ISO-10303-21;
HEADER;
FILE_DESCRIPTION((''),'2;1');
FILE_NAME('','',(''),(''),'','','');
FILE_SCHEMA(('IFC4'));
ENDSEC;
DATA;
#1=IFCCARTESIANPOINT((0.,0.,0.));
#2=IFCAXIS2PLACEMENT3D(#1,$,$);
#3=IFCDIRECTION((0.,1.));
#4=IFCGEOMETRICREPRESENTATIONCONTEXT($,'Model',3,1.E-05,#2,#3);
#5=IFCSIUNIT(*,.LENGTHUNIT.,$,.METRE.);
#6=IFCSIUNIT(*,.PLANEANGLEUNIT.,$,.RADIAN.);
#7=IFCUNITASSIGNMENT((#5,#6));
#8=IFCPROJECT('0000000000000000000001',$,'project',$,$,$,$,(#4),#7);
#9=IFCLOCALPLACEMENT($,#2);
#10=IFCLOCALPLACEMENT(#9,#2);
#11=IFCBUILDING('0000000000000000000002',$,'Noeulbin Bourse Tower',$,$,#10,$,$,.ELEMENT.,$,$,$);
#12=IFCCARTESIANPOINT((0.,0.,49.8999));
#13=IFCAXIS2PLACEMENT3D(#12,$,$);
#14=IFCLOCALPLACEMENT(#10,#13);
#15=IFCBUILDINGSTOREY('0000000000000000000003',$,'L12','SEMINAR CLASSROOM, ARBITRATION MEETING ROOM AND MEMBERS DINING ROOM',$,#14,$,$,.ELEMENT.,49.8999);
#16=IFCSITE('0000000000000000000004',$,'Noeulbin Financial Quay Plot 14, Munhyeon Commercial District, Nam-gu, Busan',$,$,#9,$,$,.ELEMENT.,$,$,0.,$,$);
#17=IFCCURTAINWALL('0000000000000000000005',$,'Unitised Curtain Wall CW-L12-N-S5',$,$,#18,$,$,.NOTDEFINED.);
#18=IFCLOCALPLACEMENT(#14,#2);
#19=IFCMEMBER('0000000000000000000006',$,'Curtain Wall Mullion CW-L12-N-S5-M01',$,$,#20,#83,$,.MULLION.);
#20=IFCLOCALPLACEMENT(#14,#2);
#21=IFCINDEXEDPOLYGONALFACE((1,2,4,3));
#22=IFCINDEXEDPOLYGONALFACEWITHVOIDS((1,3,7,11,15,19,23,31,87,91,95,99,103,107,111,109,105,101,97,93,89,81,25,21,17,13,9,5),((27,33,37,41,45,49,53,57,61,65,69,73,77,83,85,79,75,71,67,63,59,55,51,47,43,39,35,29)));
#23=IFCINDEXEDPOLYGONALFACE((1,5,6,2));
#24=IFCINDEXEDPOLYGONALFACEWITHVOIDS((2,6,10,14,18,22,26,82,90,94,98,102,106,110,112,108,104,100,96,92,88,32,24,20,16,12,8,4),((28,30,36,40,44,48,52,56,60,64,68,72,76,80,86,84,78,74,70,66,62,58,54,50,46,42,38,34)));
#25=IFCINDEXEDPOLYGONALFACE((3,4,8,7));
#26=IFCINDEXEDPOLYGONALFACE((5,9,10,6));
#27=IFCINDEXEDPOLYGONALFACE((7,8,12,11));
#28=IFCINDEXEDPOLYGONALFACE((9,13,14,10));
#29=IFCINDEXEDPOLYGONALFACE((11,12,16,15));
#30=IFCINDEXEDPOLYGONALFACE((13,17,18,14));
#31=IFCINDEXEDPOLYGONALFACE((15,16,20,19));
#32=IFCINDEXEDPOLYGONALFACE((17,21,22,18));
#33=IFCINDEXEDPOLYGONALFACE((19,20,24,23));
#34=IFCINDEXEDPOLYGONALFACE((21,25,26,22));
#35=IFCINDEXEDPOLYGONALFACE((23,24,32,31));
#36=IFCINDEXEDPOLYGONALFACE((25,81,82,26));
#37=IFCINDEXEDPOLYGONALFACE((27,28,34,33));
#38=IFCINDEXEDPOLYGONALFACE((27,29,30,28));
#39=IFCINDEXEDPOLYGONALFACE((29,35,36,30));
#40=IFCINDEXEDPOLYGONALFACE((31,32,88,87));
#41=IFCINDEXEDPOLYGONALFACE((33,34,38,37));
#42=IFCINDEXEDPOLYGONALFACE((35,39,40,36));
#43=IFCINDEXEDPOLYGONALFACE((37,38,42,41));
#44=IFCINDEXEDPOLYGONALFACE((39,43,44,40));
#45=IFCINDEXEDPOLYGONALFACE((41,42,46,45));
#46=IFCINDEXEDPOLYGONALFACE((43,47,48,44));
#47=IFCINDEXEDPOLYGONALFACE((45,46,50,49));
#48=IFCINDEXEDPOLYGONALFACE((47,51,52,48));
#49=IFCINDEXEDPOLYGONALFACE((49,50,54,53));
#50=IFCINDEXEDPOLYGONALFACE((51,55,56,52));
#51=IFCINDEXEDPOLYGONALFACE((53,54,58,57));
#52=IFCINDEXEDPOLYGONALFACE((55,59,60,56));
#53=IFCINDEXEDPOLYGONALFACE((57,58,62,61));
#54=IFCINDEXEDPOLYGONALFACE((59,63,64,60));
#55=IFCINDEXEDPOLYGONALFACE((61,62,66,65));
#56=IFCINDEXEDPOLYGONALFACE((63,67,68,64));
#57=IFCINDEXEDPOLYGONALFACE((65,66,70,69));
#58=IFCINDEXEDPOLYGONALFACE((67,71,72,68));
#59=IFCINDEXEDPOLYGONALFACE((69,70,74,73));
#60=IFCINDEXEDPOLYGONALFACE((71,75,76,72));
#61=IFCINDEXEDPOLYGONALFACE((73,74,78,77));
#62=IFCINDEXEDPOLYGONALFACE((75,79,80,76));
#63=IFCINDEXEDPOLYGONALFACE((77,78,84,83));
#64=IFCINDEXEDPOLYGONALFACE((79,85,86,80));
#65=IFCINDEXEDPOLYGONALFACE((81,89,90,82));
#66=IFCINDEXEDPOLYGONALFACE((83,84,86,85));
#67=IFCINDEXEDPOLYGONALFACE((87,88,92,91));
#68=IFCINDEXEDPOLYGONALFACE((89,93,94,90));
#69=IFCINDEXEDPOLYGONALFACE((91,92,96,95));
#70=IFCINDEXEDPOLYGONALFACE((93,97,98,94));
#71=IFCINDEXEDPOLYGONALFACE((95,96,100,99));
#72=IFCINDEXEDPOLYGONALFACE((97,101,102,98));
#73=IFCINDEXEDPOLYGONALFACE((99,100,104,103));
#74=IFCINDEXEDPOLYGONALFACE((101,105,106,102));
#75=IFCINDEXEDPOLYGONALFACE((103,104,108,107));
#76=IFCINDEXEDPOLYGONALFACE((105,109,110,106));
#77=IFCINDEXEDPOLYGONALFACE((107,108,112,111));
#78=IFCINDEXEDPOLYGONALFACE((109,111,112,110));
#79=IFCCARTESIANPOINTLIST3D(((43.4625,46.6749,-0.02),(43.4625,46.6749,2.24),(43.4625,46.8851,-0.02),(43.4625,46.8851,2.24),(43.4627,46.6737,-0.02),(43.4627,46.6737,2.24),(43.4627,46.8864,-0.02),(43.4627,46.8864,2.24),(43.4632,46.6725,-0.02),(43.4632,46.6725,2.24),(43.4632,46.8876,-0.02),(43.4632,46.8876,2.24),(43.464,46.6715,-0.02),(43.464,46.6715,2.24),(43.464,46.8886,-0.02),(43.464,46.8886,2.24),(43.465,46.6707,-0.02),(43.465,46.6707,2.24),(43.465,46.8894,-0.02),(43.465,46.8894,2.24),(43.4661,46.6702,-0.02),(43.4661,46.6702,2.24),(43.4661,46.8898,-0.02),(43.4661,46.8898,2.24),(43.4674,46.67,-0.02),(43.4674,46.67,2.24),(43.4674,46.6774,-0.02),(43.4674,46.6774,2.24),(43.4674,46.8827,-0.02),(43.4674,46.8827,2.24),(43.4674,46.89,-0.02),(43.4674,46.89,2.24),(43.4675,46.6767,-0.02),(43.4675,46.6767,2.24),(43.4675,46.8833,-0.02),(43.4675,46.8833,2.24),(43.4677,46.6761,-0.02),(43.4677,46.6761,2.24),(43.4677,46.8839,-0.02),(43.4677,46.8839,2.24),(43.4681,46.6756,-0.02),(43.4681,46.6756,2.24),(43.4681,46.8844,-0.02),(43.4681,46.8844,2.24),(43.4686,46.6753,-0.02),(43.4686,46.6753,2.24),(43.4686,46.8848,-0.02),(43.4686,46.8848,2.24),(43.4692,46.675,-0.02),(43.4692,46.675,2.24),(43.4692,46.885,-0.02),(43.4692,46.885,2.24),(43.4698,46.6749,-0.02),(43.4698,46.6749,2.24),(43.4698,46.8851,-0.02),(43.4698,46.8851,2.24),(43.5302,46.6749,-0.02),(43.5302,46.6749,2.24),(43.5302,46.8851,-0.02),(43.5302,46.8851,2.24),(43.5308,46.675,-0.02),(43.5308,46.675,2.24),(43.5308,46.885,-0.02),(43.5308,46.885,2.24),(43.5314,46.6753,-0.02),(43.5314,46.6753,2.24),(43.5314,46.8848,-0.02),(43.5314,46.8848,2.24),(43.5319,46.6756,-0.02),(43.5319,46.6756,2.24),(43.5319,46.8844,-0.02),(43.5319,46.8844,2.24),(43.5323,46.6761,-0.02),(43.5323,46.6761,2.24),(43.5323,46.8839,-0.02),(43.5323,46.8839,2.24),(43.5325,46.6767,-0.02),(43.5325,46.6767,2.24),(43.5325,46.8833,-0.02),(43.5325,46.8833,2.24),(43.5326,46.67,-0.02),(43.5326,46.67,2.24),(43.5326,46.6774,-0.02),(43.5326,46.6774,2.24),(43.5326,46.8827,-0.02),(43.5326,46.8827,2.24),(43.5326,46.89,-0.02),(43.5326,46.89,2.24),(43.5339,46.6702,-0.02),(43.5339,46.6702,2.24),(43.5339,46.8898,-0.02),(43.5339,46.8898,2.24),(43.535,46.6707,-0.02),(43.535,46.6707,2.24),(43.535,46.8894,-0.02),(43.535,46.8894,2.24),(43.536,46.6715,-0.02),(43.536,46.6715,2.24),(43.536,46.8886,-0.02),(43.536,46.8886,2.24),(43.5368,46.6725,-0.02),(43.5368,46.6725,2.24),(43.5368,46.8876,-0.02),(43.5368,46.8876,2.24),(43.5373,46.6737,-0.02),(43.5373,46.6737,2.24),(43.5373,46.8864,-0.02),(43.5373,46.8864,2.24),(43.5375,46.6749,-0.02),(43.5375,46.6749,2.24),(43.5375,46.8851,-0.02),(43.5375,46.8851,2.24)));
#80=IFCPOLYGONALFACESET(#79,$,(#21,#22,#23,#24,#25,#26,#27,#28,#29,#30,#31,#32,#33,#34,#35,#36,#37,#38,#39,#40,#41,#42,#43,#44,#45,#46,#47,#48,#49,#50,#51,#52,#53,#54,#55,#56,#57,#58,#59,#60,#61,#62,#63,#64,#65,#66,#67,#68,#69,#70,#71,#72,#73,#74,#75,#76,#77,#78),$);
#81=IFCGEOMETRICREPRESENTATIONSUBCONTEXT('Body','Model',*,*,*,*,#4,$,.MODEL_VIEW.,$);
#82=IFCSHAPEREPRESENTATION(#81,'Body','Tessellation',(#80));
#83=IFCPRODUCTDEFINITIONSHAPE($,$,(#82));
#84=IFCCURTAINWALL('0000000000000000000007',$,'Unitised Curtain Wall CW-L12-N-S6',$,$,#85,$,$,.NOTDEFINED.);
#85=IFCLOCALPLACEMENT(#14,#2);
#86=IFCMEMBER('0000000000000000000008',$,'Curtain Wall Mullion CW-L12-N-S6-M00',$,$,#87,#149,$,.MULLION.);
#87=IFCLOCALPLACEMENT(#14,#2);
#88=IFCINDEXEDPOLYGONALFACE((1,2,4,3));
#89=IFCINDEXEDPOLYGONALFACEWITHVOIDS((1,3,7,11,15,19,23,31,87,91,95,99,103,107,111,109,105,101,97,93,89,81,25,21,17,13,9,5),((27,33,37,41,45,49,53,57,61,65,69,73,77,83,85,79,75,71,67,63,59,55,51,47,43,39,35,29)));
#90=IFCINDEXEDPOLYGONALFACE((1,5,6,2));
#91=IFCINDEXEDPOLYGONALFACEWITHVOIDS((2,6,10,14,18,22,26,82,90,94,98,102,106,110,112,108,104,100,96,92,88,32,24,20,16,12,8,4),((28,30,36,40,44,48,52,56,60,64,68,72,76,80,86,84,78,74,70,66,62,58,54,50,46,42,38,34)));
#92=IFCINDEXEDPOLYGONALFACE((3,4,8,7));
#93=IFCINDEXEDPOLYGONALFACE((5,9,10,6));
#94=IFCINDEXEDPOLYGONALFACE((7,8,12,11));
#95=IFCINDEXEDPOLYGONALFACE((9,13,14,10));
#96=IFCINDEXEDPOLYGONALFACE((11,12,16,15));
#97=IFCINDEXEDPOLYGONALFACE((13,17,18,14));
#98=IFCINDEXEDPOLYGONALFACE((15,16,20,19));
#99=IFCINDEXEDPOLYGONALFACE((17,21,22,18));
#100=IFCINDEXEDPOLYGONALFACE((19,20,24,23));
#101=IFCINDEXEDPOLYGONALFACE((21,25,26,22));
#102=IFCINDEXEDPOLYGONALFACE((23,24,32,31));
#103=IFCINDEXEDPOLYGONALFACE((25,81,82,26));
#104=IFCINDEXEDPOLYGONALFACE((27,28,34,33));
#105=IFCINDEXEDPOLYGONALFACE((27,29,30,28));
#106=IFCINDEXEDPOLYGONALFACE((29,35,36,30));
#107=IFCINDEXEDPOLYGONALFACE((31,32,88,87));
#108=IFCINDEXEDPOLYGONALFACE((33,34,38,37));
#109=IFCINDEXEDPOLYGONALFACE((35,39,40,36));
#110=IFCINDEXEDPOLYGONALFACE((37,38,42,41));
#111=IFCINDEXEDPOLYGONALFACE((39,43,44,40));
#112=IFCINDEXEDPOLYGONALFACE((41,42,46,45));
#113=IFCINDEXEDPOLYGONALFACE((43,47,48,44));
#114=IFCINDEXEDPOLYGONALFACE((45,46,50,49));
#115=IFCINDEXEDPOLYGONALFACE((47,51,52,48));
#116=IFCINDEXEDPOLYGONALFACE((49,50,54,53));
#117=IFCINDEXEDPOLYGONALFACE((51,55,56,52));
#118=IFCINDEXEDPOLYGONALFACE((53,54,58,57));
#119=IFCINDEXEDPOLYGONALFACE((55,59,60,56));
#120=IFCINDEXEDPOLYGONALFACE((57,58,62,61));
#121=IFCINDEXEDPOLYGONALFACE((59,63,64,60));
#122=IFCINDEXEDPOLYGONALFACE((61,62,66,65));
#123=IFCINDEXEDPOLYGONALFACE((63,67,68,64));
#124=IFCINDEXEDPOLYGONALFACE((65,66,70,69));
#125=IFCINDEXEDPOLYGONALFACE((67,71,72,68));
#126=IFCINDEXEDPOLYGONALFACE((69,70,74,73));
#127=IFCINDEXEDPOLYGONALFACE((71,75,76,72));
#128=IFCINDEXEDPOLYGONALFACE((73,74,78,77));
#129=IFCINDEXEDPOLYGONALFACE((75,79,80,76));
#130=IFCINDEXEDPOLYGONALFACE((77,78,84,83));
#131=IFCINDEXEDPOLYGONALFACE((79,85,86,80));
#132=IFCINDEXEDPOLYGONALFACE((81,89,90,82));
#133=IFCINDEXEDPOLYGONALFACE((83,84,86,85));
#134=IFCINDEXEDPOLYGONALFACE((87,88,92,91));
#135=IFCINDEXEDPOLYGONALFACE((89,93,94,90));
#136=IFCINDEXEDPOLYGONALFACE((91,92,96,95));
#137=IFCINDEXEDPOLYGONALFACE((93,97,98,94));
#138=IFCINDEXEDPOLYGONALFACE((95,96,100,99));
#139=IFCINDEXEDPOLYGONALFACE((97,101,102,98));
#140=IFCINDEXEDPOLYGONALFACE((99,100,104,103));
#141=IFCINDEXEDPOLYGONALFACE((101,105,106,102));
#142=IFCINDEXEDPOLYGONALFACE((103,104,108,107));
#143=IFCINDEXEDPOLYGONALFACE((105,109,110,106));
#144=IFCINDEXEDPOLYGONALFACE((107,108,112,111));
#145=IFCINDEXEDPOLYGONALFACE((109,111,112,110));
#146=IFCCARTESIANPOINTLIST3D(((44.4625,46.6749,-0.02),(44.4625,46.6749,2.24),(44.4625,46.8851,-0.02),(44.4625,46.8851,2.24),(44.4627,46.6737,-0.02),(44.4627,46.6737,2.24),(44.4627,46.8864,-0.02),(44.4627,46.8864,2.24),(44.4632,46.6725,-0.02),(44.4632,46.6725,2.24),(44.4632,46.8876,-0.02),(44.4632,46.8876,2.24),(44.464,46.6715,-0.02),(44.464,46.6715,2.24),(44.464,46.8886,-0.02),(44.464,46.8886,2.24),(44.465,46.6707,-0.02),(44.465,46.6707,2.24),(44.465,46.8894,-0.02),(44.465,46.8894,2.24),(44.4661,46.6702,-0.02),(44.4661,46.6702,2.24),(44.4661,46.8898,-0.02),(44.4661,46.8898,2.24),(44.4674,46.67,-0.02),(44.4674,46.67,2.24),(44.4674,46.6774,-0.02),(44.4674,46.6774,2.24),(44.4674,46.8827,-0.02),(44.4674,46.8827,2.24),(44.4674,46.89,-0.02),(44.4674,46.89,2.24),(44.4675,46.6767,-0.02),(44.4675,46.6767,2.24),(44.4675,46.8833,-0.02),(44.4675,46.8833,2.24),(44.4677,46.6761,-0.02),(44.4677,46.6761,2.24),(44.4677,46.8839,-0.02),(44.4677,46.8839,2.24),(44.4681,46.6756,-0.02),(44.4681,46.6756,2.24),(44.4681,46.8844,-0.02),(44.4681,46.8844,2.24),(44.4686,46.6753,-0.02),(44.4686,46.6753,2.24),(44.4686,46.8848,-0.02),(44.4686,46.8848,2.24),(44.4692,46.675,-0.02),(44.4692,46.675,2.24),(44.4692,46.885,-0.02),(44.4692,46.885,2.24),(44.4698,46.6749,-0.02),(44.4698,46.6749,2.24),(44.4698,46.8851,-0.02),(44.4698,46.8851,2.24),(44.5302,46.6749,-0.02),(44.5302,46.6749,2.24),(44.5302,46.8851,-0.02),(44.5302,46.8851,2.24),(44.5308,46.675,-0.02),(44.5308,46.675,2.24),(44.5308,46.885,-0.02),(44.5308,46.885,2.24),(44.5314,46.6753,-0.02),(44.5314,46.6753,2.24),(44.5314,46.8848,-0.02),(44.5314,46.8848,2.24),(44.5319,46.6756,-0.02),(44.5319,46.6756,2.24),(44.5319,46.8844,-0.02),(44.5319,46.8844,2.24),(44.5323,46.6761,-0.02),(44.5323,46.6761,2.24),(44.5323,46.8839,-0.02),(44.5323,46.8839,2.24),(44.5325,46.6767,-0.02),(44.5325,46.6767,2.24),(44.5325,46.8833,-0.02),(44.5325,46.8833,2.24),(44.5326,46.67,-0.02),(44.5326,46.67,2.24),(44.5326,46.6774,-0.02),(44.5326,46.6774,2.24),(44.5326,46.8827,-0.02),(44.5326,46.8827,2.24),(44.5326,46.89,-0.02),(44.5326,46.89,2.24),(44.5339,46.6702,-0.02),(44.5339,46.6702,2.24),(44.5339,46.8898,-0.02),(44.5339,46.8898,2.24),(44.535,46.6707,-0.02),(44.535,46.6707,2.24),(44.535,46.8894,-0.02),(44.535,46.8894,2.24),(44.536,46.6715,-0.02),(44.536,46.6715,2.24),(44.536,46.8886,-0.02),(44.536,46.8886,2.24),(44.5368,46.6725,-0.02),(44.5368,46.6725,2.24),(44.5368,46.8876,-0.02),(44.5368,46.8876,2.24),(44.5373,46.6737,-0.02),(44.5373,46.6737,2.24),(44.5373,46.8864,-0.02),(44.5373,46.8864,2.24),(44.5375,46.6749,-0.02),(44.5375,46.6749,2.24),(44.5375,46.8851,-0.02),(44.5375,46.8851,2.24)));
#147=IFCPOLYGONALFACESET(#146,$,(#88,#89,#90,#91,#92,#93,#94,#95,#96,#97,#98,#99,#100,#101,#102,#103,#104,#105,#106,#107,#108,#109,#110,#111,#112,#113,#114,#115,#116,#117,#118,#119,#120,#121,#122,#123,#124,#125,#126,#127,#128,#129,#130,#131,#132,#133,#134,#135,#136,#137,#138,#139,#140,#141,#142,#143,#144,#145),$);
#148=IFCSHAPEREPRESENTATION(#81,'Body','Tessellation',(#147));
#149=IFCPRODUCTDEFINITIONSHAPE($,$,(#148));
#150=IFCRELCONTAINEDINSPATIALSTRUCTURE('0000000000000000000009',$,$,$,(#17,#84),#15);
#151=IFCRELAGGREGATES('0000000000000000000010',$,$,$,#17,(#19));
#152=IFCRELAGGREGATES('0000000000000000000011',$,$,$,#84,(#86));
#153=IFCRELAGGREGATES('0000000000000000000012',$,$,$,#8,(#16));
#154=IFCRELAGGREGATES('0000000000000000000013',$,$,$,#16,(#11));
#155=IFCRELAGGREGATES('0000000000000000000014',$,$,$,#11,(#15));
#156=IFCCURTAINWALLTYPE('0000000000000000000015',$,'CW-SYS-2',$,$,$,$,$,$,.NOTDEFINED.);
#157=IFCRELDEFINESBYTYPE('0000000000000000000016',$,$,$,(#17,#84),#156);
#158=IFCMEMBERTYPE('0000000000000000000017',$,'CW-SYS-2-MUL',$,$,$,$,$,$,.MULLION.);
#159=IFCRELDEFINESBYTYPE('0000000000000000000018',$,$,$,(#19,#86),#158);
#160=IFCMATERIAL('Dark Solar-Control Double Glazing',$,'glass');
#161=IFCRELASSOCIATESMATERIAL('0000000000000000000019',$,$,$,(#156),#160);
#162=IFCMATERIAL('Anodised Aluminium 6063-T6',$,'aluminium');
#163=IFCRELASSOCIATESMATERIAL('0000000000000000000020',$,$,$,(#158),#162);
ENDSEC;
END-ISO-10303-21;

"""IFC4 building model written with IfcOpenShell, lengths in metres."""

from ifc_helpers import new_model, si_unit, direction, frame, origin, origin_2d, place, context, subcontext, project, spatial, hollow_rectangle, extrude, material, material_profile, profile_set, type_object, element, aggregate, save


model = new_model("IFC4")

# Units and contexts
model_context = context("Model", 3, precision=1e-05, world=origin(), true_north=direction((0.0, 1.0)))
body_context = subcontext(model_context, "Body", "Model", "MODEL_VIEW")
ifc_project = project(units=[si_unit("LENGTHUNIT", "METRE"), si_unit("PLANEANGLEUNIT", "RADIAN")], contexts=[model_context])

# Site, building, storey
site_placement = place(None, origin())
site = spatial("IfcSite", under=ifc_project, at=site_placement, Name="Noeulbin Financial Quay Plot 14, Munhyeon Commercial District, Nam-gu, Busan", CompositionType="ELEMENT", RefElevation=0.0)
building_placement = place(site_placement, origin())
building = spatial("IfcBuilding", under=site, at=building_placement, Name="Noeulbin Bourse Tower", CompositionType="ELEMENT")
storey_placement = place(building_placement, frame((0.0, 0.0, 49.8999)))
storey = spatial("IfcBuildingStorey", under=building, at=storey_placement, Name="L12", Description="SEMINAR CLASSROOM, ARBITRATION MEETING ROOM AND MEMBERS DINING ROOM", CompositionType="ELEMENT", Elevation=49.8999)

# Curtain wall, member
ifc_material_1 = material(Name="Dark Solar-Control Double Glazing", Category="glass")
curtain_wall_type = type_object("IfcCurtainWallType", Name="CW-SYS-2", PredefinedType="NOTDEFINED", material=ifc_material_1)
curtain_wall_1_placement = place(storey_placement, origin())
curtain_wall_1 = element("IfcCurtainWall", 1, at=curtain_wall_1_placement, inside=storey, type_object=curtain_wall_type, Name="Unitised Curtain Wall CW-L12-N-S5", PredefinedType="NOTDEFINED")
ifc_material_2 = material(Name="Anodised Aluminium 6063-T6", Category="aluminium")
ifc_material_profile_1 = material_profile(ifc_material_2, hollow_rectangle(XDim=0.075, YDim=0.22, WallThickness=0.0049, InnerFilletRadius=0.0024, OuterFilletRadius=0.0049, at=origin_2d()), Name="ALU-MULL-75x220x5", Category="LoadBearing")
ifc_profile_set_1 = profile_set([ifc_material_profile_1], Name="Anodised Aluminium 6063-T6")
member_type_1 = type_object("IfcMemberType", Name="CW-SYS-2-MUL", PredefinedType="MULLION", material=ifc_profile_set_1)
member_1_placement = place(storey_placement, frame((43.5, 46.78, -0.02), z_axis=(0.0, 0.0, 1.0), x_axis=(1.0, 0.0, 0.0)))
member_1 = element("IfcMember", 2, at=member_1_placement, type_object=member_type_1, Name="Curtain Wall Mullion CW-L12-N-S5-M01", PredefinedType="MULLION", context=body_context, shape_type="SweptSolid", body=[
    extrude(hollow_rectangle(XDim=0.075, YDim=0.22, WallThickness=0.0049, InnerFilletRadius=0.0024, OuterFilletRadius=0.0049, at=origin_2d()), origin(), (0.0, 0.0, 1.0), 2.26),
])
aggregate(curtain_wall_1, [member_1])

# Curtain wall, member
curtain_wall_2_placement = place(storey_placement, origin())
curtain_wall_2 = element("IfcCurtainWall", 3, at=curtain_wall_2_placement, inside=storey, type_object=curtain_wall_type, Name="Unitised Curtain Wall CW-L12-N-S6", PredefinedType="NOTDEFINED")
member_2_placement = place(storey_placement, frame((44.5, 46.78, -0.02), z_axis=(0.0, 0.0, 1.0), x_axis=(1.0, 0.0, 0.0)))
member_2 = element("IfcMember", 4, at=member_2_placement, type_object=member_type_1, Name="Curtain Wall Mullion CW-L12-N-S6-M00", PredefinedType="MULLION", context=body_context, shape_type="SweptSolid", body=[
    extrude(hollow_rectangle(XDim=0.075, YDim=0.22, WallThickness=0.0049, InnerFilletRadius=0.0024, OuterFilletRadius=0.0049, at=origin_2d()), origin(), (0.0, 0.0, 1.0), 2.26),
])

aggregate(curtain_wall_2, [member_2])

save(model, "model.ifc")
